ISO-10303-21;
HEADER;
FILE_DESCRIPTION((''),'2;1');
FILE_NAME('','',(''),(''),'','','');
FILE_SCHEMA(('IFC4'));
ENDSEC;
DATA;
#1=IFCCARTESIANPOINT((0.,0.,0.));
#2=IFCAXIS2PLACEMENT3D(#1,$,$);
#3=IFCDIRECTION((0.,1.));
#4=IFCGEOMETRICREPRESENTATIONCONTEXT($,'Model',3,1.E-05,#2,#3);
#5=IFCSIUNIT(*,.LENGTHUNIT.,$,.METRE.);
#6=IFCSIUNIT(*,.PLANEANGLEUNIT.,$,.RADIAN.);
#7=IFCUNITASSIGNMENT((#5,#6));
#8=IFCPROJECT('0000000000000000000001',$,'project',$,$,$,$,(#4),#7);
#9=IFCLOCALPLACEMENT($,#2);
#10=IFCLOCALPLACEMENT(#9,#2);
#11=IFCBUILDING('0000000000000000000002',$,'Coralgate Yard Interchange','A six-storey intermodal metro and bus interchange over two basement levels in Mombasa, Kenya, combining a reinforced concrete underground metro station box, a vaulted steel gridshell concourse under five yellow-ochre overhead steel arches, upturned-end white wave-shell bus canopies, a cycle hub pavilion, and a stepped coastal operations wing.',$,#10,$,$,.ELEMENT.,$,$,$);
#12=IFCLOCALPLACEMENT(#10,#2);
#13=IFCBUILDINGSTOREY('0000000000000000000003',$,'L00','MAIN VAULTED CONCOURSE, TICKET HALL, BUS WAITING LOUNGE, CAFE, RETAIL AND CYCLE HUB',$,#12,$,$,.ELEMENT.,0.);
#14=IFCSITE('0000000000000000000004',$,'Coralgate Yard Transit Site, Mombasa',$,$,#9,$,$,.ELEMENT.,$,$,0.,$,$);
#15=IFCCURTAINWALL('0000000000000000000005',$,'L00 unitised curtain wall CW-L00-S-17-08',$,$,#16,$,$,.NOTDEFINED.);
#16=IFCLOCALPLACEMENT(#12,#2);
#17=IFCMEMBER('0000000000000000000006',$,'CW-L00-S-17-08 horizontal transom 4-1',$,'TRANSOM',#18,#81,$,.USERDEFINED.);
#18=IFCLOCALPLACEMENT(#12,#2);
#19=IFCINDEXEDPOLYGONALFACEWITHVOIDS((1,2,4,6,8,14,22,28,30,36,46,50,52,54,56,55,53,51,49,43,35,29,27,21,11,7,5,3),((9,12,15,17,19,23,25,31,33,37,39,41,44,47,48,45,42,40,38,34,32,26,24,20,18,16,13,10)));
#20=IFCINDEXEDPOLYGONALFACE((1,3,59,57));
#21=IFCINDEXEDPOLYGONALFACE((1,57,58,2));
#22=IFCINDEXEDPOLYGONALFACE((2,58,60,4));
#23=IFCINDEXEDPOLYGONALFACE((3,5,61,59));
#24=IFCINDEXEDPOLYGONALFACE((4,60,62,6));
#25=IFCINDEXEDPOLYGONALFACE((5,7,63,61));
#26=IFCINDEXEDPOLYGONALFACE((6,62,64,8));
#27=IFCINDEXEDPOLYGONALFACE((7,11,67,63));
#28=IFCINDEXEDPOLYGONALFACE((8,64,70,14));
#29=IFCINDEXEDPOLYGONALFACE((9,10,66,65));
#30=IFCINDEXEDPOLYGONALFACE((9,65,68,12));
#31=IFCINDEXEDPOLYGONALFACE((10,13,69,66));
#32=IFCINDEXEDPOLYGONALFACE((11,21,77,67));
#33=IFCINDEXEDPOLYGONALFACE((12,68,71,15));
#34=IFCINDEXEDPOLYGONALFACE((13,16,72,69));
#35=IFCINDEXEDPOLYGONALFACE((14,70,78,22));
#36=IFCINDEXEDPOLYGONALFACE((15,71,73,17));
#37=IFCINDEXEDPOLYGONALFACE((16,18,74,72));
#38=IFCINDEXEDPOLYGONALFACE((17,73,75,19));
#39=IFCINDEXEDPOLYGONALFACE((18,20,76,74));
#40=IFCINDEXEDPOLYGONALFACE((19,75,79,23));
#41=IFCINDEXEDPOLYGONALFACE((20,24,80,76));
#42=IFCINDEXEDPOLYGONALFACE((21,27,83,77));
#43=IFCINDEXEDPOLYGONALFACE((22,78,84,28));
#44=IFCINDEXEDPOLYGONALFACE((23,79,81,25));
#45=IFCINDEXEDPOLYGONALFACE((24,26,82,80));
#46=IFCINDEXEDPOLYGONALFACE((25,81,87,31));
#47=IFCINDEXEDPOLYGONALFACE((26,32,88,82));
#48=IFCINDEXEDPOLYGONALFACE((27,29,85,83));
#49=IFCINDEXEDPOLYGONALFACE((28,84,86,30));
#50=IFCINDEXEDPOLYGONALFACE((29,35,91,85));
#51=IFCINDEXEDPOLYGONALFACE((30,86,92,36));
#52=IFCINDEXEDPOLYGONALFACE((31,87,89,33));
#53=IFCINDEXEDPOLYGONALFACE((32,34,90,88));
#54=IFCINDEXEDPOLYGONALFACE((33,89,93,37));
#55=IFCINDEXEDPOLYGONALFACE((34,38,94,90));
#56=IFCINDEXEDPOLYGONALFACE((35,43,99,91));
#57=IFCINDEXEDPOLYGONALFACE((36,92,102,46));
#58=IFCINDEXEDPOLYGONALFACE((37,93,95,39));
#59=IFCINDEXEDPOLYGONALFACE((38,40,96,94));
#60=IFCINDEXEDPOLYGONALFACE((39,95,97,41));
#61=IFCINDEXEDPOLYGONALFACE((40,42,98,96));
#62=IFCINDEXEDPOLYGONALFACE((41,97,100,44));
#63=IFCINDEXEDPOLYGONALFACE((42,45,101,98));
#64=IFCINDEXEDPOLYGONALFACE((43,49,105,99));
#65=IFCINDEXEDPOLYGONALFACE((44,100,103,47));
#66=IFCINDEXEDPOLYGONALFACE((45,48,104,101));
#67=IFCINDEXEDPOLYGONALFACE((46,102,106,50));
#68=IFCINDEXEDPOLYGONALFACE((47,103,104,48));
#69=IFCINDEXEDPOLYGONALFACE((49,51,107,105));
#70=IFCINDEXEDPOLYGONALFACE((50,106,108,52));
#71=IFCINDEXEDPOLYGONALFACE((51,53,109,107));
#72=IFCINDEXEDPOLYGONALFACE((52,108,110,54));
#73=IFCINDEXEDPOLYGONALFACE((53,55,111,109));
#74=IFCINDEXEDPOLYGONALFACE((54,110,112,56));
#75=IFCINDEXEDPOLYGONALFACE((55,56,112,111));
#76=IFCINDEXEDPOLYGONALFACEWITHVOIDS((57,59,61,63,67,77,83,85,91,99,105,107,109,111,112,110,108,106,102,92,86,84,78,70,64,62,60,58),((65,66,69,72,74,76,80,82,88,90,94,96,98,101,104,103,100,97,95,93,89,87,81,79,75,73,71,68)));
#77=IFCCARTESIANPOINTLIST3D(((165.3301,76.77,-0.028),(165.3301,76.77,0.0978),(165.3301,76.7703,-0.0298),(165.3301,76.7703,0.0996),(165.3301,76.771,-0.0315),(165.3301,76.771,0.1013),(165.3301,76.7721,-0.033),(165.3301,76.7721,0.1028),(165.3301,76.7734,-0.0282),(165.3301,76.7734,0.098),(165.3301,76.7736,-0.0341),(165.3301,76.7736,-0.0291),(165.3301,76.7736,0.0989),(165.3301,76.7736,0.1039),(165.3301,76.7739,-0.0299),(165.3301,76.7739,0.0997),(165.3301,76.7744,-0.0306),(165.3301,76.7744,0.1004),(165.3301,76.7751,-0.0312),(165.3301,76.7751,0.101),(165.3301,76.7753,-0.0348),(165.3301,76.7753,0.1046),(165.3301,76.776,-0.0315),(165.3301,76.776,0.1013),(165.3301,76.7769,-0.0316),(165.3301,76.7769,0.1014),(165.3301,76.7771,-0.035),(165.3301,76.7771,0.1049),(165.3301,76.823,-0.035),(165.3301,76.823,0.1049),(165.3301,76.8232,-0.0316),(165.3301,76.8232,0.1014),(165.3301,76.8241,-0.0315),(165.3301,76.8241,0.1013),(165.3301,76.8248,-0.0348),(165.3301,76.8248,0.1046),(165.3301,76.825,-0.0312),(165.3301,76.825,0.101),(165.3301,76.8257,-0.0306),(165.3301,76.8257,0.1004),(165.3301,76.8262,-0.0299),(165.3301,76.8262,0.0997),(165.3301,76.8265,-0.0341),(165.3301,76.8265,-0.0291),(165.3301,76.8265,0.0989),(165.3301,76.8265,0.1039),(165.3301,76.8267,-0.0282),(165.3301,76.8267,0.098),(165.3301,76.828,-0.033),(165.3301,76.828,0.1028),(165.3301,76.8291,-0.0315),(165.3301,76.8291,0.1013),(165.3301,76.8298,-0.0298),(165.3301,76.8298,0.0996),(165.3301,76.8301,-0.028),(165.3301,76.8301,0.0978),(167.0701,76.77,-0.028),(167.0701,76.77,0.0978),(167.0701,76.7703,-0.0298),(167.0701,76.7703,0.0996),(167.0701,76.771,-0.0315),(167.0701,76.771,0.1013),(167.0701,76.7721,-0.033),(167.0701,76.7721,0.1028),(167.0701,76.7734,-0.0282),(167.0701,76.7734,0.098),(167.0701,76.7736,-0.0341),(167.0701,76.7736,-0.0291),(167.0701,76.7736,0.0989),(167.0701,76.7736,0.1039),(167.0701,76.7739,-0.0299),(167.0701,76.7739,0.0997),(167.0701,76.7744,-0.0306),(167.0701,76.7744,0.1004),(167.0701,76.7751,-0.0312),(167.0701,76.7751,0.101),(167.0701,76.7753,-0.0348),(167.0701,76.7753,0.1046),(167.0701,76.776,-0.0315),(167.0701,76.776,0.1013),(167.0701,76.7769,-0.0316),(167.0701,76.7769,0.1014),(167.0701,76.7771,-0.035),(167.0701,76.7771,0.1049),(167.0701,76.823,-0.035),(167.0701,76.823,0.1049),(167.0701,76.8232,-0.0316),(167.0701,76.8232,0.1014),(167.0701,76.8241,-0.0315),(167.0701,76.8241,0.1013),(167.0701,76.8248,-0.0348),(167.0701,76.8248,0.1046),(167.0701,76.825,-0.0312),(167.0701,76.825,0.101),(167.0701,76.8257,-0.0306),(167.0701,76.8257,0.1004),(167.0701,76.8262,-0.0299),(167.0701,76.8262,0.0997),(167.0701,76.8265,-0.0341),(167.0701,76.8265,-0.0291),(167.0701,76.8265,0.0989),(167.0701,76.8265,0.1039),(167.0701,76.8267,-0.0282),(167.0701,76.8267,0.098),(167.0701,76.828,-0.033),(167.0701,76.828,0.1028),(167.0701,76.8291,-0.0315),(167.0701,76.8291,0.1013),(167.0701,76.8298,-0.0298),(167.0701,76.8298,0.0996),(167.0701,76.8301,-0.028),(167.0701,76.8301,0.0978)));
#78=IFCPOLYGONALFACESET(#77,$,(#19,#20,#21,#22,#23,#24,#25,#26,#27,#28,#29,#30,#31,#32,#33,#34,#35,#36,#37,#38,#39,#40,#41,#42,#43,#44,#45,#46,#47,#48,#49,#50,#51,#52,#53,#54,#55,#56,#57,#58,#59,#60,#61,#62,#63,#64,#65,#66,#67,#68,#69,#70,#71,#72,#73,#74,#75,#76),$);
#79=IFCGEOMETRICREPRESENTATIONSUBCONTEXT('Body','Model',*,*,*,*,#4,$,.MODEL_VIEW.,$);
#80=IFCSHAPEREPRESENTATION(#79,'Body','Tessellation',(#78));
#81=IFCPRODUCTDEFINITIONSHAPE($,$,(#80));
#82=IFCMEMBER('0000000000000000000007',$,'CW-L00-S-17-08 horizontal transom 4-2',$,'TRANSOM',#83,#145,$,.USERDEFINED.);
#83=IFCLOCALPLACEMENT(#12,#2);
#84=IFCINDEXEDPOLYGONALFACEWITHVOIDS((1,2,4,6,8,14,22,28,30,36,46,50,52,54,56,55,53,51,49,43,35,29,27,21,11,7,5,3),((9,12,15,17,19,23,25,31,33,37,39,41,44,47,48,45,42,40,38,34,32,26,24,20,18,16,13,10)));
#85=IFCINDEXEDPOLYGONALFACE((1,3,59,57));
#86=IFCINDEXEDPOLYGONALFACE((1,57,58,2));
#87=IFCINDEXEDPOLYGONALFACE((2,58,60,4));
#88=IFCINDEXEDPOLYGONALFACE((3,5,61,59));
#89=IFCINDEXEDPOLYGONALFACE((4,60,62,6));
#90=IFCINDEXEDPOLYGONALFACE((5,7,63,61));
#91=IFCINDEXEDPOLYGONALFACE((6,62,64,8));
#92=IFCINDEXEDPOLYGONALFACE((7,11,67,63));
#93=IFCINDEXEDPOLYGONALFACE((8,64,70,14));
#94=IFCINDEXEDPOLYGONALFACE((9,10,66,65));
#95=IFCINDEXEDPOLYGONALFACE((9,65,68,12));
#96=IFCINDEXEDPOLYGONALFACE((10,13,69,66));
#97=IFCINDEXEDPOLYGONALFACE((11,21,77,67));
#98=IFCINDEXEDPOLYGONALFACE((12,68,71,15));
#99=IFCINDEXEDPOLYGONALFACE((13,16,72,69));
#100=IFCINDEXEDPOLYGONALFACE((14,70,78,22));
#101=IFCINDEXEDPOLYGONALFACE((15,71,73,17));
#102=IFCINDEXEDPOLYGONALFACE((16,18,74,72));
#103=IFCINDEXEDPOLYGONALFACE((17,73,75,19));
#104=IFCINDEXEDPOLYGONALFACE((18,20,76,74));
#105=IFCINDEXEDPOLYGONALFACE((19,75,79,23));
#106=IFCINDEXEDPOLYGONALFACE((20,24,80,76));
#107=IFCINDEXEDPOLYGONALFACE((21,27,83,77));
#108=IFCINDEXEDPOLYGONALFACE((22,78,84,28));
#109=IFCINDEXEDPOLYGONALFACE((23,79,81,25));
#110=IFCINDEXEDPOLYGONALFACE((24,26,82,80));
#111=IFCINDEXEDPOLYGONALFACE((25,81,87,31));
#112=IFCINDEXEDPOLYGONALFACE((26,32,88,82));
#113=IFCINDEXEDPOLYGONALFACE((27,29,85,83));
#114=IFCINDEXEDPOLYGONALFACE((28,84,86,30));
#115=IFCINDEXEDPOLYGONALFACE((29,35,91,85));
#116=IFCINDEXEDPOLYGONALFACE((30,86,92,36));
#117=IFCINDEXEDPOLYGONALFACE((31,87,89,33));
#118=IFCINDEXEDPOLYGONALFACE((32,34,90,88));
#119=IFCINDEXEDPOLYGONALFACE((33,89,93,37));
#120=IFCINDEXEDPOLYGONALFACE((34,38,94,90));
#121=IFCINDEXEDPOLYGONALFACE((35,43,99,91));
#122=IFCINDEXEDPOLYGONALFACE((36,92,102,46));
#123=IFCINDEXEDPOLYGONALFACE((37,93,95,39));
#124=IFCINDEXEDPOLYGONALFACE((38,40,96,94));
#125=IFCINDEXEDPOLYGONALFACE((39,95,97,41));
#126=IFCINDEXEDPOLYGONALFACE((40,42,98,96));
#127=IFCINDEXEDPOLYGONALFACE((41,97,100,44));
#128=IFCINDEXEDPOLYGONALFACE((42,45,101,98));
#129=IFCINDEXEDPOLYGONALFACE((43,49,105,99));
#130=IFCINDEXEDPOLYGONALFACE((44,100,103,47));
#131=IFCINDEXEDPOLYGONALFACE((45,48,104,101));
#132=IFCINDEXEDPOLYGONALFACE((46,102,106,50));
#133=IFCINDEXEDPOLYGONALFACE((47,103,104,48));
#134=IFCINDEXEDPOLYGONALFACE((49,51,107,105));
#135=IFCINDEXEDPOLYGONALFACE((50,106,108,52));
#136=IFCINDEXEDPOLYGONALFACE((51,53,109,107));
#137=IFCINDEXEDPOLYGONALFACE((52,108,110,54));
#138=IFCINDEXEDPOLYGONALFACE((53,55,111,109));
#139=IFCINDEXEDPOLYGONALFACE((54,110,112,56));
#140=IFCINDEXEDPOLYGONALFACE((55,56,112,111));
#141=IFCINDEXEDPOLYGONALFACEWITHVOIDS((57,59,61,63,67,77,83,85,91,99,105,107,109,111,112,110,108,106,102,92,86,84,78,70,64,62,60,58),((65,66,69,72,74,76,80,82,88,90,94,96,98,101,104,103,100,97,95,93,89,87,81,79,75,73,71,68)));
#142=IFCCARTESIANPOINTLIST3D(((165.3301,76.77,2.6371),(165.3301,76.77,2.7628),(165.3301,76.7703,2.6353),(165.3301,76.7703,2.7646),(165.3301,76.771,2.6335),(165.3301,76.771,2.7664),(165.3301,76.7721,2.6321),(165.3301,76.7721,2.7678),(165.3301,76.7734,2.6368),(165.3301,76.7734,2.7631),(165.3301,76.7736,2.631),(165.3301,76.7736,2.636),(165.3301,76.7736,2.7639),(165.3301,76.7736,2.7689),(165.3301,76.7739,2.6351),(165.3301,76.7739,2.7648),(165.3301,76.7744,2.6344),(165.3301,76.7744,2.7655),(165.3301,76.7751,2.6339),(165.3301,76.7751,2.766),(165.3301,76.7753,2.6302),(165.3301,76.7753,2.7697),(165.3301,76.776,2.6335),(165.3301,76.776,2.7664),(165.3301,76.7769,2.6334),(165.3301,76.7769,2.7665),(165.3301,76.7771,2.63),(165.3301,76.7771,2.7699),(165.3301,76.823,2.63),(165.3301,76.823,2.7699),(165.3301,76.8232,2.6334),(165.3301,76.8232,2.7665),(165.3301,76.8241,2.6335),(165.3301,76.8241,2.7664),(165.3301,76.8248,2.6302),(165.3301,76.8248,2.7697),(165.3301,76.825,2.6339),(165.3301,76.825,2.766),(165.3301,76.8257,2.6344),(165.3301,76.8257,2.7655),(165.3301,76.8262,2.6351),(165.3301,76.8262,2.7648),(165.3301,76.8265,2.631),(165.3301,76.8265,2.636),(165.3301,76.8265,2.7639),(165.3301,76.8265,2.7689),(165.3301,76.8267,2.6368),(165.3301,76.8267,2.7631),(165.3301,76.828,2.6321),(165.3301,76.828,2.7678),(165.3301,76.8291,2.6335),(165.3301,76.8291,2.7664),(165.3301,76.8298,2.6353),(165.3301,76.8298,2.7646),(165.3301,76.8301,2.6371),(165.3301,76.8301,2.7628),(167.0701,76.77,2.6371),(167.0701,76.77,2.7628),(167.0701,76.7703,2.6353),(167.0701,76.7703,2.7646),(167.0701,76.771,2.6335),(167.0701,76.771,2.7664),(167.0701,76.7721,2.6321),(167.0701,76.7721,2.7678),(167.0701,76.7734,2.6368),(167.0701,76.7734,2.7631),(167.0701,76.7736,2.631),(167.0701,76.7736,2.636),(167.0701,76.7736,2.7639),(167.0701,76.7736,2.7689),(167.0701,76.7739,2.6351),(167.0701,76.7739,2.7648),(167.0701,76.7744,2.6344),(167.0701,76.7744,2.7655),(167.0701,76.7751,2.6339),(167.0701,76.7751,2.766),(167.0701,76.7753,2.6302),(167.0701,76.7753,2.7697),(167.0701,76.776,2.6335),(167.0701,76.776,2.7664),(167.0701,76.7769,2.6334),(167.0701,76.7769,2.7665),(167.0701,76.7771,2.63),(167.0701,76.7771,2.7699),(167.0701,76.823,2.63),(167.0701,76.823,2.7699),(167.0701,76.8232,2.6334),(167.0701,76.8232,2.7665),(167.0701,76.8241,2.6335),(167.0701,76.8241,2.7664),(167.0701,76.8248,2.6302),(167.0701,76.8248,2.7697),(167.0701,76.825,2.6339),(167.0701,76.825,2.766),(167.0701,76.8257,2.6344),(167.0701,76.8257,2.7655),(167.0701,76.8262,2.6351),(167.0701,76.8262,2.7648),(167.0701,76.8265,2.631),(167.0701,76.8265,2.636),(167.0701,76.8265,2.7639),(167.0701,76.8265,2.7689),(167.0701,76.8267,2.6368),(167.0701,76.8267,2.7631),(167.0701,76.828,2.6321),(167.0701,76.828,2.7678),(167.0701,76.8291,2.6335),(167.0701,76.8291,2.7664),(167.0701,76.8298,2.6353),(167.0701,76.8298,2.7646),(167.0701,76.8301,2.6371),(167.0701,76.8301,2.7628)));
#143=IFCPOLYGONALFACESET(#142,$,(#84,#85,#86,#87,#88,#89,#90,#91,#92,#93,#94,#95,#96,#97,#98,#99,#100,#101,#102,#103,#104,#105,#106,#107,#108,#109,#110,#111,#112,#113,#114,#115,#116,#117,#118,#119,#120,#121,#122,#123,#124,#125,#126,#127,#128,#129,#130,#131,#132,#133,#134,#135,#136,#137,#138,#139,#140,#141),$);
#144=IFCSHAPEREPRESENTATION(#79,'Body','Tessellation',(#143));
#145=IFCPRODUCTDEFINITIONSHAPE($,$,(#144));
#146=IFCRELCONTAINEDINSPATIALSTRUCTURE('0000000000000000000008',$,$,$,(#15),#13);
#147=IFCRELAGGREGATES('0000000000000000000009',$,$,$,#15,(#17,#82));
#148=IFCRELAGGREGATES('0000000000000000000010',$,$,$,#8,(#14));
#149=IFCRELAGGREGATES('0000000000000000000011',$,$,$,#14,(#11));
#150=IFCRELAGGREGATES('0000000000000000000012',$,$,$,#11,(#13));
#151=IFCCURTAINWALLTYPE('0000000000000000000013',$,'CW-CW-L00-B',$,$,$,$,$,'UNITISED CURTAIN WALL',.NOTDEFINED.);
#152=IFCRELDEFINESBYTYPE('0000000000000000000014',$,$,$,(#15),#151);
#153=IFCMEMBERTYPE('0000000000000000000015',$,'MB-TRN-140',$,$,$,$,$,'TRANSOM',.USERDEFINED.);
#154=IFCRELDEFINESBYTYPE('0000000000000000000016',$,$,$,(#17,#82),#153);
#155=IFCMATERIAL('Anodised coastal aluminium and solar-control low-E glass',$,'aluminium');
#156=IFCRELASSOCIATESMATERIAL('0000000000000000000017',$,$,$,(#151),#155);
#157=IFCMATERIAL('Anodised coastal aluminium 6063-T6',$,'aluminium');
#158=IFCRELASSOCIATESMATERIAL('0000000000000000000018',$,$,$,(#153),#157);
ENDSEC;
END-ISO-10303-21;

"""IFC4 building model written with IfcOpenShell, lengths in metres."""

from ifc_helpers import new_model, si_unit, direction, frame, origin, origin_2d, place, context, subcontext, project, spatial, hollow_rectangle, extrude, material, material_profile, profile_set, type_object, element, aggregate, save


model = new_model("IFC4")

# Units and contexts
model_context = context("Model", 3, precision=1e-05, world=origin(), true_north=direction((0.0, 1.0)))
body_context = subcontext(model_context, "Body", "Model", "MODEL_VIEW")
ifc_project = project(units=[si_unit("LENGTHUNIT", "METRE"), si_unit("PLANEANGLEUNIT", "RADIAN")], contexts=[model_context])

# Site, building, storey
site_placement = place(None, origin())
site = spatial("IfcSite", under=ifc_project, at=site_placement, Name="Coralgate Yard Transit Site, Mombasa", CompositionType="ELEMENT", RefElevation=0.0)
building_placement = place(site_placement, origin())
building = spatial("IfcBuilding", under=site, at=building_placement, Name="Coralgate Yard Interchange", Description="A six-storey intermodal metro and bus interchange over two basement levels in Mombasa, Kenya, combining a reinforced concrete underground metro station box, a vaulted steel gridshell concourse under five yellow-ochre overhead steel arches, upturned-end white wave-shell bus canopies, a cycle hub pavilion, and a stepped coastal operations wing.", CompositionType="ELEMENT")
storey_placement = place(building_placement, origin())
storey = spatial("IfcBuildingStorey", under=building, at=storey_placement, Name="L00", Description="MAIN VAULTED CONCOURSE, TICKET HALL, BUS WAITING LOUNGE, CAFE, RETAIL AND CYCLE HUB", CompositionType="ELEMENT", Elevation=0.0)

# Curtain wall, members
ifc_material_1 = material(Name="Anodised coastal aluminium and solar-control low-E glass", Category="aluminium")
curtain_wall_type = type_object("IfcCurtainWallType", Name="CW-CW-L00-B", ElementType="UNITISED CURTAIN WALL", PredefinedType="NOTDEFINED", material=ifc_material_1)
curtain_wall_placement = place(storey_placement, origin())
curtain_wall = element("IfcCurtainWall", 1, at=curtain_wall_placement, inside=storey, type_object=curtain_wall_type, Name="L00 unitised curtain wall CW-L00-S-17-08", PredefinedType="NOTDEFINED")
ifc_material_2 = material(Name="Anodised coastal aluminium 6063-T6", Category="aluminium")
ifc_material_profile_1 = material_profile(ifc_material_2, hollow_rectangle(XDim=0.0601, YDim=0.1399, WallThickness=0.0034, InnerFilletRadius=0.0034, OuterFilletRadius=0.0071, at=origin_2d()), Name="ALU 60x140x3.5")
ifc_profile_set_1 = profile_set([ifc_material_profile_1], Name="Anodised coastal aluminium 6063-T6")
member_type_1 = type_object("IfcMemberType", Name="MB-TRN-140", ElementType="TRANSOM", PredefinedType="USERDEFINED", material=ifc_profile_set_1)
member_1_placement = place(storey_placement, frame((167.0701, 76.8, 0.0349), z_axis=(-1.0, 0.0, 0.0), x_axis=(0.0, -1.0, 0.0)))
member_1 = element("IfcMember", 2, at=member_1_placement, type_object=member_type_1, Name="CW-L00-S-17-08 horizontal transom 4-1", ObjectType="TRANSOM", PredefinedType="USERDEFINED", context=body_context, shape_type="SweptSolid", body=[
    extrude(hollow_rectangle(XDim=0.0601, YDim=0.1399, WallThickness=0.0034, InnerFilletRadius=0.0034, OuterFilletRadius=0.0071, at=origin_2d()), origin(), (0.0, 0.0, 1.0), 1.74),
])
member_2_placement = place(storey_placement, frame((167.0701, 76.8, 2.7), z_axis=(-1.0, 0.0, 0.0), x_axis=(0.0, -1.0, 0.0)))
member_2 = element("IfcMember", 3, at=member_2_placement, type_object=member_type_1, Name="CW-L00-S-17-08 horizontal transom 4-2", ObjectType="TRANSOM", PredefinedType="USERDEFINED", context=body_context, shape_type="SweptSolid", body=[
    extrude(hollow_rectangle(XDim=0.0601, YDim=0.1399, WallThickness=0.0034, InnerFilletRadius=0.0034, OuterFilletRadius=0.0071, at=origin_2d()), origin(), (0.0, 0.0, 1.0), 1.74),
])
aggregate(curtain_wall, [member_1, member_2])

save(model, "model.ifc")
